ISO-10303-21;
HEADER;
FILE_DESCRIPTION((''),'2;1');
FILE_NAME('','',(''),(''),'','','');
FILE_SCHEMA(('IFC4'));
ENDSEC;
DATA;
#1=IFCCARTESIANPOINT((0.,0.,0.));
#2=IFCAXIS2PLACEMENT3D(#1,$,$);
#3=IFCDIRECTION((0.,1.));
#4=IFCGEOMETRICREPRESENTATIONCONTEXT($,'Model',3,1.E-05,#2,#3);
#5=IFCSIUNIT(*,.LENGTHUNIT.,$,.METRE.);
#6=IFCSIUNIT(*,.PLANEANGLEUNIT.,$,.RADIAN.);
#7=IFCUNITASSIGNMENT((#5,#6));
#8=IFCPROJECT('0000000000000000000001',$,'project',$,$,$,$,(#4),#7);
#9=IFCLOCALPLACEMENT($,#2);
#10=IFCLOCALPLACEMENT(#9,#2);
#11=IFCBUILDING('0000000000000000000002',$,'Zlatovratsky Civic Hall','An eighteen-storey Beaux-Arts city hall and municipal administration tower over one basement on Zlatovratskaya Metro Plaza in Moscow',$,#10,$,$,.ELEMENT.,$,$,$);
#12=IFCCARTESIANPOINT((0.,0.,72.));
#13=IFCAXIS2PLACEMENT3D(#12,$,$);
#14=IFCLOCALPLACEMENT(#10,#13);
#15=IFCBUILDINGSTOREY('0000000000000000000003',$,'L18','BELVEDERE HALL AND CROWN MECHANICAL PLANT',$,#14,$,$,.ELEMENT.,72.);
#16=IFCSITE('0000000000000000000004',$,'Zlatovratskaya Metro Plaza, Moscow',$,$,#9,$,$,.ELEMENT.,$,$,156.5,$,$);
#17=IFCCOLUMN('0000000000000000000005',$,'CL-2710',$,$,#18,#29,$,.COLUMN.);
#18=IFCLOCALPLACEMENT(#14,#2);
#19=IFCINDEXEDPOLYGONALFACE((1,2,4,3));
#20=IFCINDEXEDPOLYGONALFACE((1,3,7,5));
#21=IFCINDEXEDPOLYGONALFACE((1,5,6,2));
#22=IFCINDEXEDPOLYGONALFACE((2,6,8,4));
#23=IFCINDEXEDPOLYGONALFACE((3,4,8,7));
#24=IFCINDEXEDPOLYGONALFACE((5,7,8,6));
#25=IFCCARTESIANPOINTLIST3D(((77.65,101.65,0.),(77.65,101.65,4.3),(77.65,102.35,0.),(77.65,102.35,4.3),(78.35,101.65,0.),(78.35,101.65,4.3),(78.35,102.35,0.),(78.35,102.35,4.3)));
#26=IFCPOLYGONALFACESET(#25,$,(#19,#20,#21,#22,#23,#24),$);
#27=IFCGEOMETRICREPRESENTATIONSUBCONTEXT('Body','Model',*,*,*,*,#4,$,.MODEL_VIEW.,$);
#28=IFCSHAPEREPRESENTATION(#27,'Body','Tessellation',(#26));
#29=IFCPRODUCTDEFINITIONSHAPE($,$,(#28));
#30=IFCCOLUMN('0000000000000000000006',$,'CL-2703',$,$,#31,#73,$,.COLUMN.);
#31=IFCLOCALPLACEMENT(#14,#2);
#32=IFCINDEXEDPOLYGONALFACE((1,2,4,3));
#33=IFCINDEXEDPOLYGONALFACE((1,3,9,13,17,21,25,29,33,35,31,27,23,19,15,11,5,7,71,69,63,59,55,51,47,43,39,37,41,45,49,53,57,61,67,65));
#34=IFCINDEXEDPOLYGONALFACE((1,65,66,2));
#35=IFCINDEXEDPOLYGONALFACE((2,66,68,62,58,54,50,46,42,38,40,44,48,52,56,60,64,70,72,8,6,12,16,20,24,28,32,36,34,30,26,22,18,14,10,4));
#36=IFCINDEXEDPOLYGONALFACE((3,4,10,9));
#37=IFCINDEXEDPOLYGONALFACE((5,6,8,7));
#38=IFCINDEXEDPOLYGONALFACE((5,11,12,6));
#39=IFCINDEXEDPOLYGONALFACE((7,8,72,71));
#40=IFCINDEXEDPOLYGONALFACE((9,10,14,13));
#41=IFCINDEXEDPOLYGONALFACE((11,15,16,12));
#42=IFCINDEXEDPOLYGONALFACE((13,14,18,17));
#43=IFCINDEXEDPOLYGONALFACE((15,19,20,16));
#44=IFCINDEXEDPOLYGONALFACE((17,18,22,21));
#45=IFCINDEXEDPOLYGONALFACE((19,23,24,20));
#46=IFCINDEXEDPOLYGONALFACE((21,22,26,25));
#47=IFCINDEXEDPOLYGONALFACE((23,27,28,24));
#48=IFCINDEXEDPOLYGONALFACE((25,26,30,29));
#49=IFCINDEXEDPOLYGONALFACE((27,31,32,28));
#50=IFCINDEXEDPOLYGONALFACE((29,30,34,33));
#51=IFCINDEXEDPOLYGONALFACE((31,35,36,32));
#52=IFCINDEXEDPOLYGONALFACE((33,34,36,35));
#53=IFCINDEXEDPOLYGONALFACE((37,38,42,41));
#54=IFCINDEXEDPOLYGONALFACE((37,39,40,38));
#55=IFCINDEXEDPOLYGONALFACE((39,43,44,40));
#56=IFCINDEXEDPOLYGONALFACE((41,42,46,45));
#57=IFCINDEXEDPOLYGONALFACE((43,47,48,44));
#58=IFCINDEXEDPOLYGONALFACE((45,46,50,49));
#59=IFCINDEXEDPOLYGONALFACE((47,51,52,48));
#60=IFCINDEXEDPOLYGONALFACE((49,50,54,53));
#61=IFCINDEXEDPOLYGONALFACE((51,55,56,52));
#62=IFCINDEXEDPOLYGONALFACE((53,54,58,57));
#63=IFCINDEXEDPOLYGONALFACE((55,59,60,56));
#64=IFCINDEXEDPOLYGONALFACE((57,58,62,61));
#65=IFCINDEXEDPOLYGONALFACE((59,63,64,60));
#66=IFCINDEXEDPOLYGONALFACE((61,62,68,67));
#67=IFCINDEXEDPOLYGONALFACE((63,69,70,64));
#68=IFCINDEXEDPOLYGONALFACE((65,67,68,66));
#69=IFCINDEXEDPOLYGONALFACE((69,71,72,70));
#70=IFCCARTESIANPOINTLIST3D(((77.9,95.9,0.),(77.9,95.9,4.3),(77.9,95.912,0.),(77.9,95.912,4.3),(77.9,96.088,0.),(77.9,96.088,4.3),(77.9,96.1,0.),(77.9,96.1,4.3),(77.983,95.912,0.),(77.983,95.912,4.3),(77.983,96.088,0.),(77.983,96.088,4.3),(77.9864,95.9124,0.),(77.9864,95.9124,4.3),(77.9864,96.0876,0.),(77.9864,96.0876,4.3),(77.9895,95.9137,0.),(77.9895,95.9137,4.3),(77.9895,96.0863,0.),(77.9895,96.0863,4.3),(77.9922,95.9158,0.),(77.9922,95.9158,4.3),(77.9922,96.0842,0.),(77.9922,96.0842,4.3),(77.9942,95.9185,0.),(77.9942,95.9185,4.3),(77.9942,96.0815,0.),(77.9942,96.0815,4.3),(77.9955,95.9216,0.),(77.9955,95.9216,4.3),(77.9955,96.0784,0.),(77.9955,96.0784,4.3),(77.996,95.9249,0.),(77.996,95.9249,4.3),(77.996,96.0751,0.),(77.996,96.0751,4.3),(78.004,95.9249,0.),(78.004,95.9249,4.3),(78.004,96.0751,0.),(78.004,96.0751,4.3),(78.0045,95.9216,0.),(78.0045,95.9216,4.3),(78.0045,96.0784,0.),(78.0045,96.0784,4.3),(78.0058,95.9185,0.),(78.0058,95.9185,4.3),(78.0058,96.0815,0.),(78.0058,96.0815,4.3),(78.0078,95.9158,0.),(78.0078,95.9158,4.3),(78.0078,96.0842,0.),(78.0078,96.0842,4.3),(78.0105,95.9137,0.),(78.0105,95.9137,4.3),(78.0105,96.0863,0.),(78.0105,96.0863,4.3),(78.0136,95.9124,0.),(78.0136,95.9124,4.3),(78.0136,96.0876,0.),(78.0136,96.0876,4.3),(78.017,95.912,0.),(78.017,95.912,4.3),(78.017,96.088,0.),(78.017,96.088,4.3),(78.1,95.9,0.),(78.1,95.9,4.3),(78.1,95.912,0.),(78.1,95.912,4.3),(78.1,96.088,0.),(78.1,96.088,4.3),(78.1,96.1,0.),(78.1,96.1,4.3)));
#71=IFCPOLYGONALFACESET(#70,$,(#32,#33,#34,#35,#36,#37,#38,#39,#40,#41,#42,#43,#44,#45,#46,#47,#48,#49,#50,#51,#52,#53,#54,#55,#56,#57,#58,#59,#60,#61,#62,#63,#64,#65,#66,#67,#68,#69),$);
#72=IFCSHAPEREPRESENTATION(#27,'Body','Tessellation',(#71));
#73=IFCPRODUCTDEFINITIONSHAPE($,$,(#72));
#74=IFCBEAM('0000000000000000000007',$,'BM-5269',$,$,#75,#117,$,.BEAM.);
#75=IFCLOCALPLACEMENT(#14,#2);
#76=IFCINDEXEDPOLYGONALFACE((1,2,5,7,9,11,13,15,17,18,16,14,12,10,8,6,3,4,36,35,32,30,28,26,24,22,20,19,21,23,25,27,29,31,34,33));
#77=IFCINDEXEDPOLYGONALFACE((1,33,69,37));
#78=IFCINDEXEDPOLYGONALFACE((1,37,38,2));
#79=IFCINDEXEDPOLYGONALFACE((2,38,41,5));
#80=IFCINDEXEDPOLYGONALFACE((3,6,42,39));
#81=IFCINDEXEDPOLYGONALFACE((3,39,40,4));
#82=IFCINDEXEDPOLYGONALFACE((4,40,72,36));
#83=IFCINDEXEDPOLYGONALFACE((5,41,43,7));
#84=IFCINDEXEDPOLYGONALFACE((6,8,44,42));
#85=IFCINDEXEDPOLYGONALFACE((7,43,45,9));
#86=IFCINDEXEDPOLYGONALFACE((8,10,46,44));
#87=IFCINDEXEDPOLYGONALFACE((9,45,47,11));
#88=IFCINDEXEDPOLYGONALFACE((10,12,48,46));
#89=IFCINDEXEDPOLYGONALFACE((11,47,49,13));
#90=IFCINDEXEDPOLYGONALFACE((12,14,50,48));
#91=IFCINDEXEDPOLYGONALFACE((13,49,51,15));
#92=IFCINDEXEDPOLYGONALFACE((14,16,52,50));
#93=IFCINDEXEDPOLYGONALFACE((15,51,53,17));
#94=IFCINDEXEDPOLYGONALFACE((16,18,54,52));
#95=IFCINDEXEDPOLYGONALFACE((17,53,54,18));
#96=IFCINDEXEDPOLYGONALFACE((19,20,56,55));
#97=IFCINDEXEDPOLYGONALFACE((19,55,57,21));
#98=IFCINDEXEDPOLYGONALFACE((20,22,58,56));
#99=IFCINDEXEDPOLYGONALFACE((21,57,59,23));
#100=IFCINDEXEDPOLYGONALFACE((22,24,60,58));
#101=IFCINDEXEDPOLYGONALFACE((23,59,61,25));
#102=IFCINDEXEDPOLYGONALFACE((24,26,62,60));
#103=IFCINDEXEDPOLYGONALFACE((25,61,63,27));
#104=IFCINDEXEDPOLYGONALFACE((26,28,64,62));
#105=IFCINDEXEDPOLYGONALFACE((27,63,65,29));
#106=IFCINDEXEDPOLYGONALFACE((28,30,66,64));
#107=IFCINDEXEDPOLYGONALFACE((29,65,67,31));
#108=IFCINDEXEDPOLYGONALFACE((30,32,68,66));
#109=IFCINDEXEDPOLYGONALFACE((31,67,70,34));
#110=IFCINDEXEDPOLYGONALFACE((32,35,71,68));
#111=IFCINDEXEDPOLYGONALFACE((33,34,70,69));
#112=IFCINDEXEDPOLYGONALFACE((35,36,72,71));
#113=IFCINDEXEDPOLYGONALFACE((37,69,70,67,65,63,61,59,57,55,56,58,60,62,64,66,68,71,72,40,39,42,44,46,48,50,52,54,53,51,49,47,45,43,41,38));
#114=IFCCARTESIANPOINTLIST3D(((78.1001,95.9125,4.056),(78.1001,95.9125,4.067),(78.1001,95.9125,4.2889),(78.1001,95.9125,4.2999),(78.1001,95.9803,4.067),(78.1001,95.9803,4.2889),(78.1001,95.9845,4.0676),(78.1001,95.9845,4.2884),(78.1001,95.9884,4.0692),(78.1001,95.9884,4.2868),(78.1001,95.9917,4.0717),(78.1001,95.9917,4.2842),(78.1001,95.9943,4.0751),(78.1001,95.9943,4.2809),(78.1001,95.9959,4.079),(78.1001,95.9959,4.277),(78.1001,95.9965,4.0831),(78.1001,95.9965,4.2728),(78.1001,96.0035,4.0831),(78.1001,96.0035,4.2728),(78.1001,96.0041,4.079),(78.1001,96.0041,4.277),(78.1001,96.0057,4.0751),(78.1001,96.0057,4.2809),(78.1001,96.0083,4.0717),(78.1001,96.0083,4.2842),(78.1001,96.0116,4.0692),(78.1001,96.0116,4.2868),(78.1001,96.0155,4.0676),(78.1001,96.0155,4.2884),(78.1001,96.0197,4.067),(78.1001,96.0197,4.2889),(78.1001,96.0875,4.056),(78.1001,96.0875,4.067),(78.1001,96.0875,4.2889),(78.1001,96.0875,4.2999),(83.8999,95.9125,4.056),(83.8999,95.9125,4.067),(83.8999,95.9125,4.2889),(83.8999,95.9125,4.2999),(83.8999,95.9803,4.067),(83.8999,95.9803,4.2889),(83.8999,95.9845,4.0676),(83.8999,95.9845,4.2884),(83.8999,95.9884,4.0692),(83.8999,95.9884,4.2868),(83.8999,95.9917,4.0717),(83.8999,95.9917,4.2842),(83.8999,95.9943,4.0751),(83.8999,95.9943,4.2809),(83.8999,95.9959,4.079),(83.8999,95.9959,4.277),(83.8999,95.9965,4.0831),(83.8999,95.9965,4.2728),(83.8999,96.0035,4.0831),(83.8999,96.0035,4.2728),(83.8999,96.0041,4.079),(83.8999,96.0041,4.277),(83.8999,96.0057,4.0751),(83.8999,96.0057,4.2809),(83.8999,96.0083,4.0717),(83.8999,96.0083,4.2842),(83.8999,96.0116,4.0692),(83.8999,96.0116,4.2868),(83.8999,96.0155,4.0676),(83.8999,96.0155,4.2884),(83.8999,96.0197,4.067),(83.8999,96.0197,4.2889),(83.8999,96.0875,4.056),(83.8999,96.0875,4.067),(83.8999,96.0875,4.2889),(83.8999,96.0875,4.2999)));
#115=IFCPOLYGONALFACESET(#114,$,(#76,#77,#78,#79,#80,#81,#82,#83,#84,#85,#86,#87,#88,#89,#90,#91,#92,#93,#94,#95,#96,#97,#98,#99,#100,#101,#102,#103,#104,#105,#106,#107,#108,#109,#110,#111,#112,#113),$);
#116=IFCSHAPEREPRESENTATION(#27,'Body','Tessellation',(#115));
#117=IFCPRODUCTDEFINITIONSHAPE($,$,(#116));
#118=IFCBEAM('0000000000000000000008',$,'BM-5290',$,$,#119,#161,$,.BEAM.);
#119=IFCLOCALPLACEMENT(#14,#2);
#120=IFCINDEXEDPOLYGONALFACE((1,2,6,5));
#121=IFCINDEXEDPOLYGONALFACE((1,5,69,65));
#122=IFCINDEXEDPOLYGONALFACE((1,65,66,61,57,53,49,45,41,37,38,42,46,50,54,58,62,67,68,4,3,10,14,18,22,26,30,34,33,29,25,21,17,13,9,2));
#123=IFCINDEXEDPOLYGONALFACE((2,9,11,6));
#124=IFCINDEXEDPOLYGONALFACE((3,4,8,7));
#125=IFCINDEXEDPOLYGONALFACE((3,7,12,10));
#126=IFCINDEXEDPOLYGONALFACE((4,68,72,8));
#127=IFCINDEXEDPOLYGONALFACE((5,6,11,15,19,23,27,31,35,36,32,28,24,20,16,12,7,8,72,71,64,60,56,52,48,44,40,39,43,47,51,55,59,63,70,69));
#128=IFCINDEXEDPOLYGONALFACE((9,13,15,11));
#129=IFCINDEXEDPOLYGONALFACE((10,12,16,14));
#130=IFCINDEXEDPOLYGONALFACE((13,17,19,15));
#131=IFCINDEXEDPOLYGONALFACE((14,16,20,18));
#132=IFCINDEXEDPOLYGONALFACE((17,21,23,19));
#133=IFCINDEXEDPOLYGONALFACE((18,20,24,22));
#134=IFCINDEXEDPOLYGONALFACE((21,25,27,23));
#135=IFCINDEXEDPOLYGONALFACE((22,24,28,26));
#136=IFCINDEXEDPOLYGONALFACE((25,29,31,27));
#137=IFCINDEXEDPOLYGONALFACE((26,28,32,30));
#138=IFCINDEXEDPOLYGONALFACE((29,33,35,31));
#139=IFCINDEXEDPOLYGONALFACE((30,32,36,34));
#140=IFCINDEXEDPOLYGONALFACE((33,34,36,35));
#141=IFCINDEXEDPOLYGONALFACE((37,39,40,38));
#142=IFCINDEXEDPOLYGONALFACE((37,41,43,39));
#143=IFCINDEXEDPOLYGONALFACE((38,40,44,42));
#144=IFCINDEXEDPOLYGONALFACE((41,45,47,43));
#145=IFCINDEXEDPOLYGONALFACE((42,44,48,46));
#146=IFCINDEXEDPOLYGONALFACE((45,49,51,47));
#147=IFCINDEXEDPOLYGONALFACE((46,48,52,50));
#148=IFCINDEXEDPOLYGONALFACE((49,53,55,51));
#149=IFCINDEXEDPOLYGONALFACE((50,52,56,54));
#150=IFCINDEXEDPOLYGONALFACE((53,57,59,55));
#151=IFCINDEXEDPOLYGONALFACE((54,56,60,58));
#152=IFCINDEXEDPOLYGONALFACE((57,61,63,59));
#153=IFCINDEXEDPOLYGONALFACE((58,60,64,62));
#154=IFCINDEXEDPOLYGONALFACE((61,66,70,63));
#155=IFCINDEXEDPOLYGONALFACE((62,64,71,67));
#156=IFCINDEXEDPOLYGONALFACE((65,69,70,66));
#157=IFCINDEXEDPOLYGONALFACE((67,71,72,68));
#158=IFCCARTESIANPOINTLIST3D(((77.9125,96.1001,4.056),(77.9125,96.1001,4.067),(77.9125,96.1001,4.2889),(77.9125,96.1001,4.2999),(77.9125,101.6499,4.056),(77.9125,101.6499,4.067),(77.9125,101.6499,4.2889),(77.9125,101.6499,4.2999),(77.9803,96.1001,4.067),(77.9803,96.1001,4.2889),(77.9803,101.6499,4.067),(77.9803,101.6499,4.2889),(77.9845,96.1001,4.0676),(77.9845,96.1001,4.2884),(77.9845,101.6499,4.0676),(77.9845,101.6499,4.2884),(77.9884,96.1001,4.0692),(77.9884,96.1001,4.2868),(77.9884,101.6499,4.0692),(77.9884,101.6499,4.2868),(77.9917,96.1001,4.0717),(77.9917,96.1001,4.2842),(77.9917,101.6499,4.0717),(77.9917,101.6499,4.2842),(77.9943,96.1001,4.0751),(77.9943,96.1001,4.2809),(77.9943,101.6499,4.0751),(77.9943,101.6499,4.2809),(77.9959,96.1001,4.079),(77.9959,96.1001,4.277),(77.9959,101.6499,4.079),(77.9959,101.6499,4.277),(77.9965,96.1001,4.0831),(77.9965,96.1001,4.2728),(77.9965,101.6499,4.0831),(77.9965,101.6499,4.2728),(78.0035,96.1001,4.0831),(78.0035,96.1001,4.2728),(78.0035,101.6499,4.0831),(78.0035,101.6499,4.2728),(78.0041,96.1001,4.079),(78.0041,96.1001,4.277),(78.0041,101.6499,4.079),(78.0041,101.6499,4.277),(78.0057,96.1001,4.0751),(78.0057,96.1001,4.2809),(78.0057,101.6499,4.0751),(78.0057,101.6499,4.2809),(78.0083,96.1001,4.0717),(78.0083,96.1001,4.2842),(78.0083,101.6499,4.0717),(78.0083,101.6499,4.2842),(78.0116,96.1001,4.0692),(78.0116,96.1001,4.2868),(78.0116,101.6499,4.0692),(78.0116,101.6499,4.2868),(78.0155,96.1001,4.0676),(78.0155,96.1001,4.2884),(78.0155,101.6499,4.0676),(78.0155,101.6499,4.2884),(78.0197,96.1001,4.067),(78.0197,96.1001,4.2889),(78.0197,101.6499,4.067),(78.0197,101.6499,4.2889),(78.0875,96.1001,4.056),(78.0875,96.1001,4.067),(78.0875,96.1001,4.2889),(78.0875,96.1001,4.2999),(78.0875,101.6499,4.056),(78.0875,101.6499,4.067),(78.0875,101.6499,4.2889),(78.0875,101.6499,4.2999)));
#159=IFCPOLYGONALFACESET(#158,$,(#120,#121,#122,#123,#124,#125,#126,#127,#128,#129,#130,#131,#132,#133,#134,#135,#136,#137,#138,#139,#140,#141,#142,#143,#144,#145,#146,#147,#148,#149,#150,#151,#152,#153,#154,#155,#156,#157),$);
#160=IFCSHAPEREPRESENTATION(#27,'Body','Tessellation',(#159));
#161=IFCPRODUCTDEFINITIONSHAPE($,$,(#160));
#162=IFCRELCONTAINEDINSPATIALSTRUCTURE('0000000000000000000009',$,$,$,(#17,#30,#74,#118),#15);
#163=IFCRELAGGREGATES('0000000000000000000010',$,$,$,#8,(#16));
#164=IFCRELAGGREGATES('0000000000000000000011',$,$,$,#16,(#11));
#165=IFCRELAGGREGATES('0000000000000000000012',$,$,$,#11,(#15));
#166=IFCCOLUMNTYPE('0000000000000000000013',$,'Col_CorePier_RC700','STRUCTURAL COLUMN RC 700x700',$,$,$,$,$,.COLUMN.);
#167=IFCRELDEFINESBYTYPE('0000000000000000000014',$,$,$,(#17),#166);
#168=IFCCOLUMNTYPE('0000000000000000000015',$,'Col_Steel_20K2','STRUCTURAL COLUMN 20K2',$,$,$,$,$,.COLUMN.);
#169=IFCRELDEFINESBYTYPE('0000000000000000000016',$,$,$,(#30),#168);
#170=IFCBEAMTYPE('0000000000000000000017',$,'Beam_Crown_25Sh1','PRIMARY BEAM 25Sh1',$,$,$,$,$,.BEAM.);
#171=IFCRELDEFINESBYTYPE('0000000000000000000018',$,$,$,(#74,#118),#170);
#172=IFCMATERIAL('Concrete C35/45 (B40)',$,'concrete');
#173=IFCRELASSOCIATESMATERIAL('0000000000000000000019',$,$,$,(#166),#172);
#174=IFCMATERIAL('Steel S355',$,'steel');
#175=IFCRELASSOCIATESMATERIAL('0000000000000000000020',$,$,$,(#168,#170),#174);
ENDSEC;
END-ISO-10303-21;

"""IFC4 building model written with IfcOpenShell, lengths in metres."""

from ifc_helpers import new_model, si_unit, direction, frame, origin, origin_2d, place, context, subcontext, project, spatial, rectangle, i_section, extrude, material, material_profile, profile_set, type_object, element, save


model = new_model("IFC4")

# Units and contexts
model_context = context("Model", 3, precision=1e-05, world=origin(), true_north=direction((0.0, 1.0)))
body_context = subcontext(model_context, "Body", "Model", "MODEL_VIEW")
ifc_project = project(units=[si_unit("LENGTHUNIT", "METRE"), si_unit("PLANEANGLEUNIT", "RADIAN")], contexts=[model_context])

# Site, building, storey
site_placement = place(None, origin())
site = spatial("IfcSite", under=ifc_project, at=site_placement, Name="Zlatovratskaya Metro Plaza, Moscow", CompositionType="ELEMENT", RefElevation=156.5)
building_placement = place(site_placement, origin())
building = spatial("IfcBuilding", under=site, at=building_placement, Name="Zlatovratsky Civic Hall", Description="An eighteen-storey Beaux-Arts city hall and municipal administration tower over one basement on Zlatovratskaya Metro Plaza in Moscow", CompositionType="ELEMENT")
storey_placement = place(building_placement, frame((0.0, 0.0, 72.0)))
storey = spatial("IfcBuildingStorey", under=building, at=storey_placement, Name="L18", Description="BELVEDERE HALL AND CROWN MECHANICAL PLANT", CompositionType="ELEMENT", Elevation=72.0)

# Columns
ifc_material_1 = material(Name="Concrete C35/45 (B40)", Category="concrete")
ifc_material_profile_1 = material_profile(ifc_material_1, rectangle(XDim=0.7, YDim=0.7, at=origin_2d()), Name="RC 700x700")
ifc_profile_set_1 = profile_set([ifc_material_profile_1], Name="Concrete C35/45 (B40)")
column_type_1 = type_object("IfcColumnType", Name="Col_CorePier_RC700", Description="STRUCTURAL COLUMN RC 700x700", PredefinedType="COLUMN", material=ifc_profile_set_1)
column_1_placement = place(storey_placement, frame((78.0, 102.0, 0.0), z_axis=(0.0, 0.0, 1.0), x_axis=(1.0, 0.0, 0.0)))
element("IfcColumn", 1, at=column_1_placement, inside=storey, type_object=column_type_1, Name="CL-2710", PredefinedType="COLUMN", context=body_context, shape_type="SweptSolid", body=[
    extrude(rectangle(XDim=0.7, YDim=0.7, at=origin_2d()), origin(), (0.0, 0.0, 1.0), 4.3),
])
ifc_material_2 = material(Name="Steel S355", Category="steel")
ifc_material_profile_2 = material_profile(ifc_material_2, i_section(OverallWidth=0.2, OverallDepth=0.2, WebThickness=0.0081, FlangeThickness=0.012, FilletRadius=0.0129, at=origin_2d()), Name="20K2")
ifc_profile_set_2 = profile_set([ifc_material_profile_2], Name="Steel S355")
column_type_2 = type_object("IfcColumnType", Name="Col_Steel_20K2", Description="STRUCTURAL COLUMN 20K2", PredefinedType="COLUMN", material=ifc_profile_set_2)
column_2_placement = place(storey_placement, frame((78.0, 96.0, 0.0), z_axis=(0.0, 0.0, 1.0), x_axis=(1.0, 0.0, 0.0)))
element("IfcColumn", 2, at=column_2_placement, inside=storey, type_object=column_type_2, Name="CL-2703", PredefinedType="COLUMN", context=body_context, shape_type="SweptSolid", body=[
    extrude(i_section(OverallWidth=0.2, OverallDepth=0.2, WebThickness=0.0081, FlangeThickness=0.012, FilletRadius=0.0129, at=origin_2d()), origin(), (0.0, 0.0, 1.0), 4.3),
])

# Beams
ifc_material_profile_3 = material_profile(ifc_material_2, i_section(OverallWidth=0.175, OverallDepth=0.2439, WebThickness=0.0071, FlangeThickness=0.011, FilletRadius=0.0161, at=origin_2d()), Name="25Sh1")
ifc_profile_set_3 = profile_set([ifc_material_profile_3], Name="Steel S355")
beam_type_1 = type_object("IfcBeamType", Name="Beam_Crown_25Sh1", Description="PRIMARY BEAM 25Sh1", PredefinedType="BEAM", material=ifc_profile_set_3)
beam_1_placement = place(storey_placement, frame((78.1001, 96.0, 4.178), z_axis=(1.0, 0.0, 0.0), x_axis=(0.0, 1.0, 0.0)))
element("IfcBeam", 3, at=beam_1_placement, inside=storey, type_object=beam_type_1, Name="BM-5269", PredefinedType="BEAM", context=body_context, shape_type="SweptSolid", body=[
    extrude(i_section(OverallWidth=0.175, OverallDepth=0.2439, WebThickness=0.0071, FlangeThickness=0.011, FilletRadius=0.0161, at=origin_2d()), origin(), (0.0, 0.0, 1.0), 5.7998),
])
beam_2_placement = place(storey_placement, frame((78.0, 96.1001, 4.178), z_axis=(0.0, 1.0, 0.0), x_axis=(-1.0, 0.0, 0.0)))
element("IfcBeam", 4, at=beam_2_placement, inside=storey, type_object=beam_type_1, Name="BM-5290", PredefinedType="BEAM", context=body_context, shape_type="SweptSolid", body=[
    extrude(i_section(OverallWidth=0.175, OverallDepth=0.2439, WebThickness=0.0071, FlangeThickness=0.011, FilletRadius=0.0161, at=origin_2d()), origin(), (0.0, 0.0, 1.0), 5.5498),
])

save(model, "model.ifc")
